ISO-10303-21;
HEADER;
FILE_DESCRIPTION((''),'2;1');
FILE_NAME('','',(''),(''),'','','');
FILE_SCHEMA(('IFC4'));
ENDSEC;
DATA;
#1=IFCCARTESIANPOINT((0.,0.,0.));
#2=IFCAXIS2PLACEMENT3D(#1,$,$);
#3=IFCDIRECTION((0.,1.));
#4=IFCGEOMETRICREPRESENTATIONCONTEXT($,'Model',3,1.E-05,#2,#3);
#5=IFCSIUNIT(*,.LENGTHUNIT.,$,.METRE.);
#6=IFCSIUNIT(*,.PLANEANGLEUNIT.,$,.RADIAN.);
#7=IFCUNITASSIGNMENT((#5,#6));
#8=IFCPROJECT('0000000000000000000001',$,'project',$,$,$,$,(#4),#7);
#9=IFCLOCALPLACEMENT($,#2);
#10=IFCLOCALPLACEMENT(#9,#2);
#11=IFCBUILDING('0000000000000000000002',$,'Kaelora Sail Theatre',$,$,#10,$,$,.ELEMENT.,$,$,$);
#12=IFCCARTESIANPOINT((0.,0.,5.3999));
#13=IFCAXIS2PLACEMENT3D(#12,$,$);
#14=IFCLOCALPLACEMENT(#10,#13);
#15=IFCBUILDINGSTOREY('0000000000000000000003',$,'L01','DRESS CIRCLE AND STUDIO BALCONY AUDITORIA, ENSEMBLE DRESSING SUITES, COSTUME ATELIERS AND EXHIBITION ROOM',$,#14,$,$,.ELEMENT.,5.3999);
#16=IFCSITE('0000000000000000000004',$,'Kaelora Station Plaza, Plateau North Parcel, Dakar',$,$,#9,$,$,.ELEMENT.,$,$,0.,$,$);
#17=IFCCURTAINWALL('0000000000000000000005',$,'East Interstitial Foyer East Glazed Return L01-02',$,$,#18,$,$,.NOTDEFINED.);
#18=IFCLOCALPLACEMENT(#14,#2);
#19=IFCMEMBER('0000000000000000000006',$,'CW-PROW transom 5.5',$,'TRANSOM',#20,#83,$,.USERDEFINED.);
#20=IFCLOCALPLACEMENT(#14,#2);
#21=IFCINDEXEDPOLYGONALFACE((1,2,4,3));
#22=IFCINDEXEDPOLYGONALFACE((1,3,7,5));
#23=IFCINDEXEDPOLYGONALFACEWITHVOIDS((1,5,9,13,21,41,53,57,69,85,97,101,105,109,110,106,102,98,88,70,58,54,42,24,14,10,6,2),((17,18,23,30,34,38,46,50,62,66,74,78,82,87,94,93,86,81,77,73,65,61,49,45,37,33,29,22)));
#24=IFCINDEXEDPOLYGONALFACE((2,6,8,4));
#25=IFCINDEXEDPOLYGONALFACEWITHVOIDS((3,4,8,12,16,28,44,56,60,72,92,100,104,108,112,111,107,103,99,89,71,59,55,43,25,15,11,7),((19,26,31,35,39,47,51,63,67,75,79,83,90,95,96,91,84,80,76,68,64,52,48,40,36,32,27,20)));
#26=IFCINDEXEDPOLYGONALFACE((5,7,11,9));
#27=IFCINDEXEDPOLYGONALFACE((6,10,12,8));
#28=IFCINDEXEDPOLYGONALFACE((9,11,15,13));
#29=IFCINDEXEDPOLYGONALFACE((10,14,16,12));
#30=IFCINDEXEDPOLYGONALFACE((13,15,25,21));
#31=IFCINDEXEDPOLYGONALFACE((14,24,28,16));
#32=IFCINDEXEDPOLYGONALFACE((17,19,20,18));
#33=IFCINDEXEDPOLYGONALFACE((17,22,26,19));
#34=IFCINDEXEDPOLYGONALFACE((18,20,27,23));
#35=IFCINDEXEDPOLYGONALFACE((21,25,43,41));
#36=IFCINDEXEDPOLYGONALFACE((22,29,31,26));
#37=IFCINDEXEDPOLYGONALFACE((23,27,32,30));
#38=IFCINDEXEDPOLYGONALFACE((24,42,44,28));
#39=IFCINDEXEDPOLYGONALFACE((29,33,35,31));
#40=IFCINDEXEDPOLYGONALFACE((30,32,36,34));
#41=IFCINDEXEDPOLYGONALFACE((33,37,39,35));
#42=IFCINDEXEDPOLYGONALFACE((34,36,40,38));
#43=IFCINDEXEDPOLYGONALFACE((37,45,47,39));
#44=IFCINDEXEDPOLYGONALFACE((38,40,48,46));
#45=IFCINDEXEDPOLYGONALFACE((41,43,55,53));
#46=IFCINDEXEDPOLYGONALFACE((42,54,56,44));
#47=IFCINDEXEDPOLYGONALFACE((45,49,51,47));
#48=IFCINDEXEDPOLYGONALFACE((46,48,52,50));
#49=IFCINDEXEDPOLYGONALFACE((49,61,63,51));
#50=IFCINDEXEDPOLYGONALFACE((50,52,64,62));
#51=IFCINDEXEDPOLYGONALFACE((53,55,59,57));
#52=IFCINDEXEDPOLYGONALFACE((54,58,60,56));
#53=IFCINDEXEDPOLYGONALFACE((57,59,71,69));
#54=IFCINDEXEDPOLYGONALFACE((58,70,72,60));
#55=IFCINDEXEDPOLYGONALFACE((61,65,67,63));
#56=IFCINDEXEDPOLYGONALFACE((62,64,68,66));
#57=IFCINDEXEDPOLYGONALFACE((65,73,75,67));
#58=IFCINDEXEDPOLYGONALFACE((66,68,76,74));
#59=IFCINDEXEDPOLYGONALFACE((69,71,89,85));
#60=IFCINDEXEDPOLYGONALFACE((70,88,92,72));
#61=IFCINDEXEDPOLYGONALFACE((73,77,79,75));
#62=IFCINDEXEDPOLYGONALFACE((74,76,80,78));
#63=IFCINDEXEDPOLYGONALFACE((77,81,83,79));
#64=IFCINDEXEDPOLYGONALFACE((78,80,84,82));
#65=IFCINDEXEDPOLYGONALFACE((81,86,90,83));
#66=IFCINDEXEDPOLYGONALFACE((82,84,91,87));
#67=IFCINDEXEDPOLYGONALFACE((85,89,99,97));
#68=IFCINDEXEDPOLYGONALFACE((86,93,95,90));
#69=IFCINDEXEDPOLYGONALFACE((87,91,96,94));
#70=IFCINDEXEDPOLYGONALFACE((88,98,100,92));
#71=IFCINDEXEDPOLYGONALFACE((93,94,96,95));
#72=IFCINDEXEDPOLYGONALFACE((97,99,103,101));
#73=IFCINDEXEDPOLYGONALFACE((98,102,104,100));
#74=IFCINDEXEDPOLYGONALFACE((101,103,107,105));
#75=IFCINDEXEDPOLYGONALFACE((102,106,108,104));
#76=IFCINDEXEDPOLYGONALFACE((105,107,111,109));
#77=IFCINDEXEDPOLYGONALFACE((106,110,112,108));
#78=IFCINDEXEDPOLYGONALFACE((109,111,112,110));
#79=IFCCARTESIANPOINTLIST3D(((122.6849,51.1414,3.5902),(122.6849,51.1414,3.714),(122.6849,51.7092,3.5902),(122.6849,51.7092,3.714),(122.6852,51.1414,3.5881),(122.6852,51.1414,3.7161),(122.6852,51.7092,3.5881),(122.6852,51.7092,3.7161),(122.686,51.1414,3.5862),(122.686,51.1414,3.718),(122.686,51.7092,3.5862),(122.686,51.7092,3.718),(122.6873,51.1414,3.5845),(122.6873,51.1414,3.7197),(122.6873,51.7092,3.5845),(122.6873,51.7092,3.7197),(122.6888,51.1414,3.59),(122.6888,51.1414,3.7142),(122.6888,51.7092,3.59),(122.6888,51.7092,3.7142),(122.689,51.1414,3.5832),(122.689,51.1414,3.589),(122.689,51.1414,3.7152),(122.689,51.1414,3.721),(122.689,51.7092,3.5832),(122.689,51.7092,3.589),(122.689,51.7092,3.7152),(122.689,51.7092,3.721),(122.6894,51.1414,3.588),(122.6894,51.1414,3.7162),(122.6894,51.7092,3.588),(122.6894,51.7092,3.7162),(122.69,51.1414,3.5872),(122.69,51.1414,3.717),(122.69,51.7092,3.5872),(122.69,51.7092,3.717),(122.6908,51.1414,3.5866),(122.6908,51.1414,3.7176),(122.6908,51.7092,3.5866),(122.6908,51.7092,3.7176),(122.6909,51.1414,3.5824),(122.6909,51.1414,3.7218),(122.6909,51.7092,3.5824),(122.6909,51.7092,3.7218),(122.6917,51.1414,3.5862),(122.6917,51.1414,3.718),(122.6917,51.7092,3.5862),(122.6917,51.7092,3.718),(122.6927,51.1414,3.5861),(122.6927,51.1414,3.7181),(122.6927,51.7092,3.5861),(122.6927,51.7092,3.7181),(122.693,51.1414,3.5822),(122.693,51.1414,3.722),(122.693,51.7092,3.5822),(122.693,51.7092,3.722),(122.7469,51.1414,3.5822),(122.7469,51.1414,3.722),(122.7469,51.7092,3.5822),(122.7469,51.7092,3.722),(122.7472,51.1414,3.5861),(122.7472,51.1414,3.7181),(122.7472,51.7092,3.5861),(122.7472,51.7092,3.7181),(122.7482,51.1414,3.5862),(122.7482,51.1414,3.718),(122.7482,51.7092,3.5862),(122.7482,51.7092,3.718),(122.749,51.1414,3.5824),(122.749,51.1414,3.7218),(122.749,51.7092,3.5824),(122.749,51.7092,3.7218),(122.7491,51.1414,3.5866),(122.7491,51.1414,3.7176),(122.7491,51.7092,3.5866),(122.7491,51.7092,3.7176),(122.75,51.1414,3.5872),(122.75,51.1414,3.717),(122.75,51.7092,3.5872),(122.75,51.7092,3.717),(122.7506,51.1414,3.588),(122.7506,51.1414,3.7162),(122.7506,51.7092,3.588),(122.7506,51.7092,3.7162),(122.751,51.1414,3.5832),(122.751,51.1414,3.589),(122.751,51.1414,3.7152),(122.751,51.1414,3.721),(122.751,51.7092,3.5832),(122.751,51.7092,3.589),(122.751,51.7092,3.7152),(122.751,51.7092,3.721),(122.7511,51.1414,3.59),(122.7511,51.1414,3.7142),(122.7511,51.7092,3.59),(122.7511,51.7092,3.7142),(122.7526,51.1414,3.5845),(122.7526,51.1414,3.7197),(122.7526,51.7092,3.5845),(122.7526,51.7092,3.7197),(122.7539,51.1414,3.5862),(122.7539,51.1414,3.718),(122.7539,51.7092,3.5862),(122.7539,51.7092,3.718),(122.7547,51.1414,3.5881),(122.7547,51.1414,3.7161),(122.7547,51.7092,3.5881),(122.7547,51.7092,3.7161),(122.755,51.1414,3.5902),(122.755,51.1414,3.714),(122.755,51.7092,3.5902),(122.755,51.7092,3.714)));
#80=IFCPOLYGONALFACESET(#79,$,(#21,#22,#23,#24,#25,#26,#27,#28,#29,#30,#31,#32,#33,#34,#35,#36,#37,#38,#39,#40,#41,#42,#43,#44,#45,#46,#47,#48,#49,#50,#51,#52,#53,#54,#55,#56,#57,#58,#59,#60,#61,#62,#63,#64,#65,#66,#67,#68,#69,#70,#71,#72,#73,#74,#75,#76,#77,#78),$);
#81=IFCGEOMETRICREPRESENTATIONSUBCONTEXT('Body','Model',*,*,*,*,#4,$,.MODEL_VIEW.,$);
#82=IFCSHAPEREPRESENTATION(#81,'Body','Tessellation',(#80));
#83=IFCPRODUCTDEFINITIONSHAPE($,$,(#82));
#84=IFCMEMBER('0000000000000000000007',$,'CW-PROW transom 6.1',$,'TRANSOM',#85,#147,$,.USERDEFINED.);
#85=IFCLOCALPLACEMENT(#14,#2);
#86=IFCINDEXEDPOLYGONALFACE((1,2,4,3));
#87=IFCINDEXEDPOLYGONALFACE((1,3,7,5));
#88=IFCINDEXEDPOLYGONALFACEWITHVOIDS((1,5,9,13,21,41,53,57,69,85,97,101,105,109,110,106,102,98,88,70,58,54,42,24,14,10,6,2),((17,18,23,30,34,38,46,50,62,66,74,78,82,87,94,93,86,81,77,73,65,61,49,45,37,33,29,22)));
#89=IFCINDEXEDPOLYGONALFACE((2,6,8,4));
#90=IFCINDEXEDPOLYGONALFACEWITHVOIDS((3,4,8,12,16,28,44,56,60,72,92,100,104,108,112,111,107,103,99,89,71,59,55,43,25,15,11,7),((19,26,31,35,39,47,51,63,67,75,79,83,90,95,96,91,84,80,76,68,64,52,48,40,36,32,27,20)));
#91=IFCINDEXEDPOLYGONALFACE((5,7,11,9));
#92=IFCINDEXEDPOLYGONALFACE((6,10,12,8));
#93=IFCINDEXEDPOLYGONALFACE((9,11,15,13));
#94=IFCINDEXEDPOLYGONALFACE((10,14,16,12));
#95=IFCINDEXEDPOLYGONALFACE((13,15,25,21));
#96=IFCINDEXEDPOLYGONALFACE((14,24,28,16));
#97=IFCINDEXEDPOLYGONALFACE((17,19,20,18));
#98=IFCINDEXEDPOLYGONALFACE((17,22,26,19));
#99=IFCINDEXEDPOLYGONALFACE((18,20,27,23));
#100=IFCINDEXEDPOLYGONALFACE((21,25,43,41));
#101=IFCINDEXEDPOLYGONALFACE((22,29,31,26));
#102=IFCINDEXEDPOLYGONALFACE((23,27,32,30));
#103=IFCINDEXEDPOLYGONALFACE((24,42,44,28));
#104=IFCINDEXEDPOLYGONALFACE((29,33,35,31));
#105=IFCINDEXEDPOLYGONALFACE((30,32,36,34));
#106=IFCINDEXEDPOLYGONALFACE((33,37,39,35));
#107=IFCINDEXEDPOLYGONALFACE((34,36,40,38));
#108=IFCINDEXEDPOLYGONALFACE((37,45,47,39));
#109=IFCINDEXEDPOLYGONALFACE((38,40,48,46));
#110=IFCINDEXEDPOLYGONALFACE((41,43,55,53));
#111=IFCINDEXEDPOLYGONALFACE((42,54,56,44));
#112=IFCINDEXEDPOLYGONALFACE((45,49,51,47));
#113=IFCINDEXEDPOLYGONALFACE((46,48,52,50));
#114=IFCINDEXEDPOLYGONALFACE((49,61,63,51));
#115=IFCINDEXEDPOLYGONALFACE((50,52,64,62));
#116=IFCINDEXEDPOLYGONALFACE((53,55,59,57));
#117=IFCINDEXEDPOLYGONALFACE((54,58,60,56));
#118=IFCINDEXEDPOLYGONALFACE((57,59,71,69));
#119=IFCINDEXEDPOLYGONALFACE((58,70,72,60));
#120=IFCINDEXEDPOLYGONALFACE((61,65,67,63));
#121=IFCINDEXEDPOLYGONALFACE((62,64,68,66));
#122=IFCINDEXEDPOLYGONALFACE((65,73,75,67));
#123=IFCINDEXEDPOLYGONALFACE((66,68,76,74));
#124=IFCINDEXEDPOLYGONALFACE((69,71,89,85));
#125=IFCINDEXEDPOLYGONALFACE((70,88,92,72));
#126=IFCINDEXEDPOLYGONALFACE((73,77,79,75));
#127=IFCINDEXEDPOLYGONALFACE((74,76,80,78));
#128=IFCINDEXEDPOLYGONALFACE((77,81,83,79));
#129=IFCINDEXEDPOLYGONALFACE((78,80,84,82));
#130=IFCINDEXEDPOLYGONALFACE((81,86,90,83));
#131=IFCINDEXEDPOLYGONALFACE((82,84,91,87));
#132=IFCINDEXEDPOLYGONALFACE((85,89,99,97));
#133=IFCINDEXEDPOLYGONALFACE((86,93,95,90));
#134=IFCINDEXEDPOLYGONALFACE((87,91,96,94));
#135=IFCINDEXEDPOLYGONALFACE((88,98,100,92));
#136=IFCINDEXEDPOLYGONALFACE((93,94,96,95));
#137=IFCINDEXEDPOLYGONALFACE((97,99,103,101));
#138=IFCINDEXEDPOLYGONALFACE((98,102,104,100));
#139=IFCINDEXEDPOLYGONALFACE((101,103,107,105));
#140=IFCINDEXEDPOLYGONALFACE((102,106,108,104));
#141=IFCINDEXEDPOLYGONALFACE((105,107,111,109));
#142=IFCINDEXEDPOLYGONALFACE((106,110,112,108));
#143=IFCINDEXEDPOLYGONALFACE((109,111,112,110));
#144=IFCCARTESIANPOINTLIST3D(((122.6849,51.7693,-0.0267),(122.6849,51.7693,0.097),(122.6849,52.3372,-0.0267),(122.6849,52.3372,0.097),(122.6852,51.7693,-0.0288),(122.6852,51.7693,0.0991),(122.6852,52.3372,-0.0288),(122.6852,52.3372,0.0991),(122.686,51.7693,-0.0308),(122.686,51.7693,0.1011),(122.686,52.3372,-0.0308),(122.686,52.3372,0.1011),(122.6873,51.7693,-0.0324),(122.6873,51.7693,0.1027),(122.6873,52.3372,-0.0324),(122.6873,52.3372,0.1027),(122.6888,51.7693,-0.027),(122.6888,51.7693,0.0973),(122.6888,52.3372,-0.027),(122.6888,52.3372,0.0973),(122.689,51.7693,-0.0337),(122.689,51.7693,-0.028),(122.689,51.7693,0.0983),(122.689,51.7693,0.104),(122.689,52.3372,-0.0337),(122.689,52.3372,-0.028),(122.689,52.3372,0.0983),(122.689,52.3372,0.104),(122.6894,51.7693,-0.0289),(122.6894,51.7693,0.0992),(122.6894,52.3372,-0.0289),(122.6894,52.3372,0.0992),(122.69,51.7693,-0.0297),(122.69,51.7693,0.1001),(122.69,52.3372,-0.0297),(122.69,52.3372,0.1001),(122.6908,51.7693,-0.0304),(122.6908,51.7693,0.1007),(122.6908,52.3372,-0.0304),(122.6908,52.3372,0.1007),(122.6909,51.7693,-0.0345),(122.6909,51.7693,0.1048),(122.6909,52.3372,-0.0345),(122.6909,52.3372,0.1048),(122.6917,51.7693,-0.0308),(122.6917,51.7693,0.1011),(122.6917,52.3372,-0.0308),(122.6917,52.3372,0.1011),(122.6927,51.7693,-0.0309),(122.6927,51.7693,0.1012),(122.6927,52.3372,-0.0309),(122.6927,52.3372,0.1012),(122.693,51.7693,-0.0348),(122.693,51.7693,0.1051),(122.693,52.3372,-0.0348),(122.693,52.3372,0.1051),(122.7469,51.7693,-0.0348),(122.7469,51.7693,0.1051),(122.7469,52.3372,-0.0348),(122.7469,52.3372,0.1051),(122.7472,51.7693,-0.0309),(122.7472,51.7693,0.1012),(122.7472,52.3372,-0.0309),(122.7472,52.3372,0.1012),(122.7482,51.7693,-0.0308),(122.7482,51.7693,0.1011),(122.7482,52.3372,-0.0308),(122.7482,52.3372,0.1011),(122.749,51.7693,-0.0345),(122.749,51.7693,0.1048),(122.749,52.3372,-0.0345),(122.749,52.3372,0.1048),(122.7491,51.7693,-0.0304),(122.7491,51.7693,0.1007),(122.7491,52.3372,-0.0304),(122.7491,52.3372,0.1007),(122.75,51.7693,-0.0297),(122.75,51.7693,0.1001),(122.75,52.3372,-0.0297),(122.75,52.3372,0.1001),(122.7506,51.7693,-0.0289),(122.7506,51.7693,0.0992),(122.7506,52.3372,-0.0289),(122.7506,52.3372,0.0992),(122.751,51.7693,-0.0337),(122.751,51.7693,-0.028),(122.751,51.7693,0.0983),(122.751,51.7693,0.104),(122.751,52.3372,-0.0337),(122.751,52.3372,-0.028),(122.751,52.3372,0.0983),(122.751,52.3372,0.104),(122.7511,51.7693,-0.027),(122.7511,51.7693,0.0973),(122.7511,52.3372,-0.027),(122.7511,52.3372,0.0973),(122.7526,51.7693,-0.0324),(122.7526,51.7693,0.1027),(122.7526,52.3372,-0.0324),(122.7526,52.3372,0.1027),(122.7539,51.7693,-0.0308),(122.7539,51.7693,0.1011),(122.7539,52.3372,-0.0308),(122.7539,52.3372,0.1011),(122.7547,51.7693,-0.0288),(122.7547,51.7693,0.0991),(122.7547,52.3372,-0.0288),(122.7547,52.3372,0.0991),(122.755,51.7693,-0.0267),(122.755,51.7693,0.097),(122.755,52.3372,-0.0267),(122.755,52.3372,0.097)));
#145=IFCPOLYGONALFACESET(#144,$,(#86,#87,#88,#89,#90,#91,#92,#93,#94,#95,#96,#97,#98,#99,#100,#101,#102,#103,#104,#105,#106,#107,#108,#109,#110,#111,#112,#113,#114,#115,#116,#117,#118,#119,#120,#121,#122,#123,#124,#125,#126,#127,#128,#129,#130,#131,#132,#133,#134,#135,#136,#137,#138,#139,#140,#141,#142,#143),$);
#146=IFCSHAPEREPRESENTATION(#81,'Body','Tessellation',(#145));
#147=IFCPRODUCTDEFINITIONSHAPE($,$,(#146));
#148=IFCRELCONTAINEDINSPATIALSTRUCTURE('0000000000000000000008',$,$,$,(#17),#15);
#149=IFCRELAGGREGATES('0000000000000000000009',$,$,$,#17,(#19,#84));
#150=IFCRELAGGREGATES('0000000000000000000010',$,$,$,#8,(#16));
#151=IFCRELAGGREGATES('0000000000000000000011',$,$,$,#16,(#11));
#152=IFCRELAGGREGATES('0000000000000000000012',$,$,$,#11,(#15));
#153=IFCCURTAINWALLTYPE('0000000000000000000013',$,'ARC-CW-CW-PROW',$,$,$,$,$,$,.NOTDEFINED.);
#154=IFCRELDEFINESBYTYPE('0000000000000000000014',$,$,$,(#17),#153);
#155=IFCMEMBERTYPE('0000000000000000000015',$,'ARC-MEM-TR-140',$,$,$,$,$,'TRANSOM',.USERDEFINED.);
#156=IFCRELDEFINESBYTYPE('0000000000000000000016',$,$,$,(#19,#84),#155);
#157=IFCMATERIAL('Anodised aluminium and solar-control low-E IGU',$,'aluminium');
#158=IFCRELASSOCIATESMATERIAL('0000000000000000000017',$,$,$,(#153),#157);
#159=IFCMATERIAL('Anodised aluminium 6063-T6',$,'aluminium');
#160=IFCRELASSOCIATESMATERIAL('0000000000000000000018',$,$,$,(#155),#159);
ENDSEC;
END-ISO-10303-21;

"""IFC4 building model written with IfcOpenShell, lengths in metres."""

from ifc_helpers import new_model, si_unit, direction, frame, origin, origin_2d, place, context, subcontext, project, spatial, hollow_rectangle, extrude, material, material_profile, profile_set, type_object, element, aggregate, save


model = new_model("IFC4")

# Units and contexts
model_context = context("Model", 3, precision=1e-05, world=origin(), true_north=direction((0.0, 1.0)))
body_context = subcontext(model_context, "Body", "Model", "MODEL_VIEW")
ifc_project = project(units=[si_unit("LENGTHUNIT", "METRE"), si_unit("PLANEANGLEUNIT", "RADIAN")], contexts=[model_context])

# Site, building, storey
site_placement = place(None, origin())
site = spatial("IfcSite", under=ifc_project, at=site_placement, Name="Kaelora Station Plaza, Plateau North Parcel, Dakar", CompositionType="ELEMENT", RefElevation=0.0)
building_placement = place(site_placement, origin())
building = spatial("IfcBuilding", under=site, at=building_placement, Name="Kaelora Sail Theatre", CompositionType="ELEMENT")
storey_placement = place(building_placement, frame((0.0, 0.0, 5.3999)))
storey = spatial("IfcBuildingStorey", under=building, at=storey_placement, Name="L01", Description="DRESS CIRCLE AND STUDIO BALCONY AUDITORIA, ENSEMBLE DRESSING SUITES, COSTUME ATELIERS AND EXHIBITION ROOM", CompositionType="ELEMENT", Elevation=5.3999)

# Curtain wall, members
ifc_material_1 = material(Name="Anodised aluminium and solar-control low-E IGU", Category="aluminium")
curtain_wall_type = type_object("IfcCurtainWallType", Name="ARC-CW-CW-PROW", PredefinedType="NOTDEFINED", material=ifc_material_1)
curtain_wall_placement = place(storey_placement, origin())
curtain_wall = element("IfcCurtainWall", 1, at=curtain_wall_placement, inside=storey, type_object=curtain_wall_type, Name="East Interstitial Foyer East Glazed Return L01-02", PredefinedType="NOTDEFINED")
ifc_material_2 = material(Name="Anodised aluminium 6063-T6", Category="aluminium")
ifc_material_profile_1 = material_profile(ifc_material_2, hollow_rectangle(XDim=0.0701, YDim=0.1399, WallThickness=0.0039, InnerFilletRadius=0.0039, OuterFilletRadius=0.0081, at=origin_2d()), Name="ALU-TRAN 70x140x4")
ifc_profile_set_1 = profile_set([ifc_material_profile_1], Name="Anodised aluminium 6063-T6")
member_type_1 = type_object("IfcMemberType", Name="ARC-MEM-TR-140", ElementType="TRANSOM", PredefinedType="USERDEFINED", material=ifc_profile_set_1)
member_1_placement = place(storey_placement, frame((122.72, 51.1414, 3.6521), z_axis=(0.0, 1.0, 0.0), x_axis=(-1.0, 0.0, 0.0)))
member_1 = element("IfcMember", 2, at=member_1_placement, type_object=member_type_1, Name="CW-PROW transom 5.5", ObjectType="TRANSOM", PredefinedType="USERDEFINED", context=body_context, shape_type="SweptSolid", body=[
    extrude(hollow_rectangle(XDim=0.0701, YDim=0.1399, WallThickness=0.0039, InnerFilletRadius=0.0039, OuterFilletRadius=0.0081, at=origin_2d()), origin(), (0.0, 0.0, 1.0), 0.5679),
])
member_2_placement = place(storey_placement, frame((122.72, 51.7693, 0.0352), z_axis=(0.0, 1.0, 0.0), x_axis=(-1.0, 0.0, 0.0)))
member_2 = element("IfcMember", 3, at=member_2_placement, type_object=member_type_1, Name="CW-PROW transom 6.1", ObjectType="TRANSOM", PredefinedType="USERDEFINED", context=body_context, shape_type="SweptSolid", body=[
    extrude(hollow_rectangle(XDim=0.0701, YDim=0.1399, WallThickness=0.0039, InnerFilletRadius=0.0039, OuterFilletRadius=0.0081, at=origin_2d()), origin(), (0.0, 0.0, 1.0), 0.5679),
])
aggregate(curtain_wall, [member_1, member_2])

save(model, "model.ifc")
